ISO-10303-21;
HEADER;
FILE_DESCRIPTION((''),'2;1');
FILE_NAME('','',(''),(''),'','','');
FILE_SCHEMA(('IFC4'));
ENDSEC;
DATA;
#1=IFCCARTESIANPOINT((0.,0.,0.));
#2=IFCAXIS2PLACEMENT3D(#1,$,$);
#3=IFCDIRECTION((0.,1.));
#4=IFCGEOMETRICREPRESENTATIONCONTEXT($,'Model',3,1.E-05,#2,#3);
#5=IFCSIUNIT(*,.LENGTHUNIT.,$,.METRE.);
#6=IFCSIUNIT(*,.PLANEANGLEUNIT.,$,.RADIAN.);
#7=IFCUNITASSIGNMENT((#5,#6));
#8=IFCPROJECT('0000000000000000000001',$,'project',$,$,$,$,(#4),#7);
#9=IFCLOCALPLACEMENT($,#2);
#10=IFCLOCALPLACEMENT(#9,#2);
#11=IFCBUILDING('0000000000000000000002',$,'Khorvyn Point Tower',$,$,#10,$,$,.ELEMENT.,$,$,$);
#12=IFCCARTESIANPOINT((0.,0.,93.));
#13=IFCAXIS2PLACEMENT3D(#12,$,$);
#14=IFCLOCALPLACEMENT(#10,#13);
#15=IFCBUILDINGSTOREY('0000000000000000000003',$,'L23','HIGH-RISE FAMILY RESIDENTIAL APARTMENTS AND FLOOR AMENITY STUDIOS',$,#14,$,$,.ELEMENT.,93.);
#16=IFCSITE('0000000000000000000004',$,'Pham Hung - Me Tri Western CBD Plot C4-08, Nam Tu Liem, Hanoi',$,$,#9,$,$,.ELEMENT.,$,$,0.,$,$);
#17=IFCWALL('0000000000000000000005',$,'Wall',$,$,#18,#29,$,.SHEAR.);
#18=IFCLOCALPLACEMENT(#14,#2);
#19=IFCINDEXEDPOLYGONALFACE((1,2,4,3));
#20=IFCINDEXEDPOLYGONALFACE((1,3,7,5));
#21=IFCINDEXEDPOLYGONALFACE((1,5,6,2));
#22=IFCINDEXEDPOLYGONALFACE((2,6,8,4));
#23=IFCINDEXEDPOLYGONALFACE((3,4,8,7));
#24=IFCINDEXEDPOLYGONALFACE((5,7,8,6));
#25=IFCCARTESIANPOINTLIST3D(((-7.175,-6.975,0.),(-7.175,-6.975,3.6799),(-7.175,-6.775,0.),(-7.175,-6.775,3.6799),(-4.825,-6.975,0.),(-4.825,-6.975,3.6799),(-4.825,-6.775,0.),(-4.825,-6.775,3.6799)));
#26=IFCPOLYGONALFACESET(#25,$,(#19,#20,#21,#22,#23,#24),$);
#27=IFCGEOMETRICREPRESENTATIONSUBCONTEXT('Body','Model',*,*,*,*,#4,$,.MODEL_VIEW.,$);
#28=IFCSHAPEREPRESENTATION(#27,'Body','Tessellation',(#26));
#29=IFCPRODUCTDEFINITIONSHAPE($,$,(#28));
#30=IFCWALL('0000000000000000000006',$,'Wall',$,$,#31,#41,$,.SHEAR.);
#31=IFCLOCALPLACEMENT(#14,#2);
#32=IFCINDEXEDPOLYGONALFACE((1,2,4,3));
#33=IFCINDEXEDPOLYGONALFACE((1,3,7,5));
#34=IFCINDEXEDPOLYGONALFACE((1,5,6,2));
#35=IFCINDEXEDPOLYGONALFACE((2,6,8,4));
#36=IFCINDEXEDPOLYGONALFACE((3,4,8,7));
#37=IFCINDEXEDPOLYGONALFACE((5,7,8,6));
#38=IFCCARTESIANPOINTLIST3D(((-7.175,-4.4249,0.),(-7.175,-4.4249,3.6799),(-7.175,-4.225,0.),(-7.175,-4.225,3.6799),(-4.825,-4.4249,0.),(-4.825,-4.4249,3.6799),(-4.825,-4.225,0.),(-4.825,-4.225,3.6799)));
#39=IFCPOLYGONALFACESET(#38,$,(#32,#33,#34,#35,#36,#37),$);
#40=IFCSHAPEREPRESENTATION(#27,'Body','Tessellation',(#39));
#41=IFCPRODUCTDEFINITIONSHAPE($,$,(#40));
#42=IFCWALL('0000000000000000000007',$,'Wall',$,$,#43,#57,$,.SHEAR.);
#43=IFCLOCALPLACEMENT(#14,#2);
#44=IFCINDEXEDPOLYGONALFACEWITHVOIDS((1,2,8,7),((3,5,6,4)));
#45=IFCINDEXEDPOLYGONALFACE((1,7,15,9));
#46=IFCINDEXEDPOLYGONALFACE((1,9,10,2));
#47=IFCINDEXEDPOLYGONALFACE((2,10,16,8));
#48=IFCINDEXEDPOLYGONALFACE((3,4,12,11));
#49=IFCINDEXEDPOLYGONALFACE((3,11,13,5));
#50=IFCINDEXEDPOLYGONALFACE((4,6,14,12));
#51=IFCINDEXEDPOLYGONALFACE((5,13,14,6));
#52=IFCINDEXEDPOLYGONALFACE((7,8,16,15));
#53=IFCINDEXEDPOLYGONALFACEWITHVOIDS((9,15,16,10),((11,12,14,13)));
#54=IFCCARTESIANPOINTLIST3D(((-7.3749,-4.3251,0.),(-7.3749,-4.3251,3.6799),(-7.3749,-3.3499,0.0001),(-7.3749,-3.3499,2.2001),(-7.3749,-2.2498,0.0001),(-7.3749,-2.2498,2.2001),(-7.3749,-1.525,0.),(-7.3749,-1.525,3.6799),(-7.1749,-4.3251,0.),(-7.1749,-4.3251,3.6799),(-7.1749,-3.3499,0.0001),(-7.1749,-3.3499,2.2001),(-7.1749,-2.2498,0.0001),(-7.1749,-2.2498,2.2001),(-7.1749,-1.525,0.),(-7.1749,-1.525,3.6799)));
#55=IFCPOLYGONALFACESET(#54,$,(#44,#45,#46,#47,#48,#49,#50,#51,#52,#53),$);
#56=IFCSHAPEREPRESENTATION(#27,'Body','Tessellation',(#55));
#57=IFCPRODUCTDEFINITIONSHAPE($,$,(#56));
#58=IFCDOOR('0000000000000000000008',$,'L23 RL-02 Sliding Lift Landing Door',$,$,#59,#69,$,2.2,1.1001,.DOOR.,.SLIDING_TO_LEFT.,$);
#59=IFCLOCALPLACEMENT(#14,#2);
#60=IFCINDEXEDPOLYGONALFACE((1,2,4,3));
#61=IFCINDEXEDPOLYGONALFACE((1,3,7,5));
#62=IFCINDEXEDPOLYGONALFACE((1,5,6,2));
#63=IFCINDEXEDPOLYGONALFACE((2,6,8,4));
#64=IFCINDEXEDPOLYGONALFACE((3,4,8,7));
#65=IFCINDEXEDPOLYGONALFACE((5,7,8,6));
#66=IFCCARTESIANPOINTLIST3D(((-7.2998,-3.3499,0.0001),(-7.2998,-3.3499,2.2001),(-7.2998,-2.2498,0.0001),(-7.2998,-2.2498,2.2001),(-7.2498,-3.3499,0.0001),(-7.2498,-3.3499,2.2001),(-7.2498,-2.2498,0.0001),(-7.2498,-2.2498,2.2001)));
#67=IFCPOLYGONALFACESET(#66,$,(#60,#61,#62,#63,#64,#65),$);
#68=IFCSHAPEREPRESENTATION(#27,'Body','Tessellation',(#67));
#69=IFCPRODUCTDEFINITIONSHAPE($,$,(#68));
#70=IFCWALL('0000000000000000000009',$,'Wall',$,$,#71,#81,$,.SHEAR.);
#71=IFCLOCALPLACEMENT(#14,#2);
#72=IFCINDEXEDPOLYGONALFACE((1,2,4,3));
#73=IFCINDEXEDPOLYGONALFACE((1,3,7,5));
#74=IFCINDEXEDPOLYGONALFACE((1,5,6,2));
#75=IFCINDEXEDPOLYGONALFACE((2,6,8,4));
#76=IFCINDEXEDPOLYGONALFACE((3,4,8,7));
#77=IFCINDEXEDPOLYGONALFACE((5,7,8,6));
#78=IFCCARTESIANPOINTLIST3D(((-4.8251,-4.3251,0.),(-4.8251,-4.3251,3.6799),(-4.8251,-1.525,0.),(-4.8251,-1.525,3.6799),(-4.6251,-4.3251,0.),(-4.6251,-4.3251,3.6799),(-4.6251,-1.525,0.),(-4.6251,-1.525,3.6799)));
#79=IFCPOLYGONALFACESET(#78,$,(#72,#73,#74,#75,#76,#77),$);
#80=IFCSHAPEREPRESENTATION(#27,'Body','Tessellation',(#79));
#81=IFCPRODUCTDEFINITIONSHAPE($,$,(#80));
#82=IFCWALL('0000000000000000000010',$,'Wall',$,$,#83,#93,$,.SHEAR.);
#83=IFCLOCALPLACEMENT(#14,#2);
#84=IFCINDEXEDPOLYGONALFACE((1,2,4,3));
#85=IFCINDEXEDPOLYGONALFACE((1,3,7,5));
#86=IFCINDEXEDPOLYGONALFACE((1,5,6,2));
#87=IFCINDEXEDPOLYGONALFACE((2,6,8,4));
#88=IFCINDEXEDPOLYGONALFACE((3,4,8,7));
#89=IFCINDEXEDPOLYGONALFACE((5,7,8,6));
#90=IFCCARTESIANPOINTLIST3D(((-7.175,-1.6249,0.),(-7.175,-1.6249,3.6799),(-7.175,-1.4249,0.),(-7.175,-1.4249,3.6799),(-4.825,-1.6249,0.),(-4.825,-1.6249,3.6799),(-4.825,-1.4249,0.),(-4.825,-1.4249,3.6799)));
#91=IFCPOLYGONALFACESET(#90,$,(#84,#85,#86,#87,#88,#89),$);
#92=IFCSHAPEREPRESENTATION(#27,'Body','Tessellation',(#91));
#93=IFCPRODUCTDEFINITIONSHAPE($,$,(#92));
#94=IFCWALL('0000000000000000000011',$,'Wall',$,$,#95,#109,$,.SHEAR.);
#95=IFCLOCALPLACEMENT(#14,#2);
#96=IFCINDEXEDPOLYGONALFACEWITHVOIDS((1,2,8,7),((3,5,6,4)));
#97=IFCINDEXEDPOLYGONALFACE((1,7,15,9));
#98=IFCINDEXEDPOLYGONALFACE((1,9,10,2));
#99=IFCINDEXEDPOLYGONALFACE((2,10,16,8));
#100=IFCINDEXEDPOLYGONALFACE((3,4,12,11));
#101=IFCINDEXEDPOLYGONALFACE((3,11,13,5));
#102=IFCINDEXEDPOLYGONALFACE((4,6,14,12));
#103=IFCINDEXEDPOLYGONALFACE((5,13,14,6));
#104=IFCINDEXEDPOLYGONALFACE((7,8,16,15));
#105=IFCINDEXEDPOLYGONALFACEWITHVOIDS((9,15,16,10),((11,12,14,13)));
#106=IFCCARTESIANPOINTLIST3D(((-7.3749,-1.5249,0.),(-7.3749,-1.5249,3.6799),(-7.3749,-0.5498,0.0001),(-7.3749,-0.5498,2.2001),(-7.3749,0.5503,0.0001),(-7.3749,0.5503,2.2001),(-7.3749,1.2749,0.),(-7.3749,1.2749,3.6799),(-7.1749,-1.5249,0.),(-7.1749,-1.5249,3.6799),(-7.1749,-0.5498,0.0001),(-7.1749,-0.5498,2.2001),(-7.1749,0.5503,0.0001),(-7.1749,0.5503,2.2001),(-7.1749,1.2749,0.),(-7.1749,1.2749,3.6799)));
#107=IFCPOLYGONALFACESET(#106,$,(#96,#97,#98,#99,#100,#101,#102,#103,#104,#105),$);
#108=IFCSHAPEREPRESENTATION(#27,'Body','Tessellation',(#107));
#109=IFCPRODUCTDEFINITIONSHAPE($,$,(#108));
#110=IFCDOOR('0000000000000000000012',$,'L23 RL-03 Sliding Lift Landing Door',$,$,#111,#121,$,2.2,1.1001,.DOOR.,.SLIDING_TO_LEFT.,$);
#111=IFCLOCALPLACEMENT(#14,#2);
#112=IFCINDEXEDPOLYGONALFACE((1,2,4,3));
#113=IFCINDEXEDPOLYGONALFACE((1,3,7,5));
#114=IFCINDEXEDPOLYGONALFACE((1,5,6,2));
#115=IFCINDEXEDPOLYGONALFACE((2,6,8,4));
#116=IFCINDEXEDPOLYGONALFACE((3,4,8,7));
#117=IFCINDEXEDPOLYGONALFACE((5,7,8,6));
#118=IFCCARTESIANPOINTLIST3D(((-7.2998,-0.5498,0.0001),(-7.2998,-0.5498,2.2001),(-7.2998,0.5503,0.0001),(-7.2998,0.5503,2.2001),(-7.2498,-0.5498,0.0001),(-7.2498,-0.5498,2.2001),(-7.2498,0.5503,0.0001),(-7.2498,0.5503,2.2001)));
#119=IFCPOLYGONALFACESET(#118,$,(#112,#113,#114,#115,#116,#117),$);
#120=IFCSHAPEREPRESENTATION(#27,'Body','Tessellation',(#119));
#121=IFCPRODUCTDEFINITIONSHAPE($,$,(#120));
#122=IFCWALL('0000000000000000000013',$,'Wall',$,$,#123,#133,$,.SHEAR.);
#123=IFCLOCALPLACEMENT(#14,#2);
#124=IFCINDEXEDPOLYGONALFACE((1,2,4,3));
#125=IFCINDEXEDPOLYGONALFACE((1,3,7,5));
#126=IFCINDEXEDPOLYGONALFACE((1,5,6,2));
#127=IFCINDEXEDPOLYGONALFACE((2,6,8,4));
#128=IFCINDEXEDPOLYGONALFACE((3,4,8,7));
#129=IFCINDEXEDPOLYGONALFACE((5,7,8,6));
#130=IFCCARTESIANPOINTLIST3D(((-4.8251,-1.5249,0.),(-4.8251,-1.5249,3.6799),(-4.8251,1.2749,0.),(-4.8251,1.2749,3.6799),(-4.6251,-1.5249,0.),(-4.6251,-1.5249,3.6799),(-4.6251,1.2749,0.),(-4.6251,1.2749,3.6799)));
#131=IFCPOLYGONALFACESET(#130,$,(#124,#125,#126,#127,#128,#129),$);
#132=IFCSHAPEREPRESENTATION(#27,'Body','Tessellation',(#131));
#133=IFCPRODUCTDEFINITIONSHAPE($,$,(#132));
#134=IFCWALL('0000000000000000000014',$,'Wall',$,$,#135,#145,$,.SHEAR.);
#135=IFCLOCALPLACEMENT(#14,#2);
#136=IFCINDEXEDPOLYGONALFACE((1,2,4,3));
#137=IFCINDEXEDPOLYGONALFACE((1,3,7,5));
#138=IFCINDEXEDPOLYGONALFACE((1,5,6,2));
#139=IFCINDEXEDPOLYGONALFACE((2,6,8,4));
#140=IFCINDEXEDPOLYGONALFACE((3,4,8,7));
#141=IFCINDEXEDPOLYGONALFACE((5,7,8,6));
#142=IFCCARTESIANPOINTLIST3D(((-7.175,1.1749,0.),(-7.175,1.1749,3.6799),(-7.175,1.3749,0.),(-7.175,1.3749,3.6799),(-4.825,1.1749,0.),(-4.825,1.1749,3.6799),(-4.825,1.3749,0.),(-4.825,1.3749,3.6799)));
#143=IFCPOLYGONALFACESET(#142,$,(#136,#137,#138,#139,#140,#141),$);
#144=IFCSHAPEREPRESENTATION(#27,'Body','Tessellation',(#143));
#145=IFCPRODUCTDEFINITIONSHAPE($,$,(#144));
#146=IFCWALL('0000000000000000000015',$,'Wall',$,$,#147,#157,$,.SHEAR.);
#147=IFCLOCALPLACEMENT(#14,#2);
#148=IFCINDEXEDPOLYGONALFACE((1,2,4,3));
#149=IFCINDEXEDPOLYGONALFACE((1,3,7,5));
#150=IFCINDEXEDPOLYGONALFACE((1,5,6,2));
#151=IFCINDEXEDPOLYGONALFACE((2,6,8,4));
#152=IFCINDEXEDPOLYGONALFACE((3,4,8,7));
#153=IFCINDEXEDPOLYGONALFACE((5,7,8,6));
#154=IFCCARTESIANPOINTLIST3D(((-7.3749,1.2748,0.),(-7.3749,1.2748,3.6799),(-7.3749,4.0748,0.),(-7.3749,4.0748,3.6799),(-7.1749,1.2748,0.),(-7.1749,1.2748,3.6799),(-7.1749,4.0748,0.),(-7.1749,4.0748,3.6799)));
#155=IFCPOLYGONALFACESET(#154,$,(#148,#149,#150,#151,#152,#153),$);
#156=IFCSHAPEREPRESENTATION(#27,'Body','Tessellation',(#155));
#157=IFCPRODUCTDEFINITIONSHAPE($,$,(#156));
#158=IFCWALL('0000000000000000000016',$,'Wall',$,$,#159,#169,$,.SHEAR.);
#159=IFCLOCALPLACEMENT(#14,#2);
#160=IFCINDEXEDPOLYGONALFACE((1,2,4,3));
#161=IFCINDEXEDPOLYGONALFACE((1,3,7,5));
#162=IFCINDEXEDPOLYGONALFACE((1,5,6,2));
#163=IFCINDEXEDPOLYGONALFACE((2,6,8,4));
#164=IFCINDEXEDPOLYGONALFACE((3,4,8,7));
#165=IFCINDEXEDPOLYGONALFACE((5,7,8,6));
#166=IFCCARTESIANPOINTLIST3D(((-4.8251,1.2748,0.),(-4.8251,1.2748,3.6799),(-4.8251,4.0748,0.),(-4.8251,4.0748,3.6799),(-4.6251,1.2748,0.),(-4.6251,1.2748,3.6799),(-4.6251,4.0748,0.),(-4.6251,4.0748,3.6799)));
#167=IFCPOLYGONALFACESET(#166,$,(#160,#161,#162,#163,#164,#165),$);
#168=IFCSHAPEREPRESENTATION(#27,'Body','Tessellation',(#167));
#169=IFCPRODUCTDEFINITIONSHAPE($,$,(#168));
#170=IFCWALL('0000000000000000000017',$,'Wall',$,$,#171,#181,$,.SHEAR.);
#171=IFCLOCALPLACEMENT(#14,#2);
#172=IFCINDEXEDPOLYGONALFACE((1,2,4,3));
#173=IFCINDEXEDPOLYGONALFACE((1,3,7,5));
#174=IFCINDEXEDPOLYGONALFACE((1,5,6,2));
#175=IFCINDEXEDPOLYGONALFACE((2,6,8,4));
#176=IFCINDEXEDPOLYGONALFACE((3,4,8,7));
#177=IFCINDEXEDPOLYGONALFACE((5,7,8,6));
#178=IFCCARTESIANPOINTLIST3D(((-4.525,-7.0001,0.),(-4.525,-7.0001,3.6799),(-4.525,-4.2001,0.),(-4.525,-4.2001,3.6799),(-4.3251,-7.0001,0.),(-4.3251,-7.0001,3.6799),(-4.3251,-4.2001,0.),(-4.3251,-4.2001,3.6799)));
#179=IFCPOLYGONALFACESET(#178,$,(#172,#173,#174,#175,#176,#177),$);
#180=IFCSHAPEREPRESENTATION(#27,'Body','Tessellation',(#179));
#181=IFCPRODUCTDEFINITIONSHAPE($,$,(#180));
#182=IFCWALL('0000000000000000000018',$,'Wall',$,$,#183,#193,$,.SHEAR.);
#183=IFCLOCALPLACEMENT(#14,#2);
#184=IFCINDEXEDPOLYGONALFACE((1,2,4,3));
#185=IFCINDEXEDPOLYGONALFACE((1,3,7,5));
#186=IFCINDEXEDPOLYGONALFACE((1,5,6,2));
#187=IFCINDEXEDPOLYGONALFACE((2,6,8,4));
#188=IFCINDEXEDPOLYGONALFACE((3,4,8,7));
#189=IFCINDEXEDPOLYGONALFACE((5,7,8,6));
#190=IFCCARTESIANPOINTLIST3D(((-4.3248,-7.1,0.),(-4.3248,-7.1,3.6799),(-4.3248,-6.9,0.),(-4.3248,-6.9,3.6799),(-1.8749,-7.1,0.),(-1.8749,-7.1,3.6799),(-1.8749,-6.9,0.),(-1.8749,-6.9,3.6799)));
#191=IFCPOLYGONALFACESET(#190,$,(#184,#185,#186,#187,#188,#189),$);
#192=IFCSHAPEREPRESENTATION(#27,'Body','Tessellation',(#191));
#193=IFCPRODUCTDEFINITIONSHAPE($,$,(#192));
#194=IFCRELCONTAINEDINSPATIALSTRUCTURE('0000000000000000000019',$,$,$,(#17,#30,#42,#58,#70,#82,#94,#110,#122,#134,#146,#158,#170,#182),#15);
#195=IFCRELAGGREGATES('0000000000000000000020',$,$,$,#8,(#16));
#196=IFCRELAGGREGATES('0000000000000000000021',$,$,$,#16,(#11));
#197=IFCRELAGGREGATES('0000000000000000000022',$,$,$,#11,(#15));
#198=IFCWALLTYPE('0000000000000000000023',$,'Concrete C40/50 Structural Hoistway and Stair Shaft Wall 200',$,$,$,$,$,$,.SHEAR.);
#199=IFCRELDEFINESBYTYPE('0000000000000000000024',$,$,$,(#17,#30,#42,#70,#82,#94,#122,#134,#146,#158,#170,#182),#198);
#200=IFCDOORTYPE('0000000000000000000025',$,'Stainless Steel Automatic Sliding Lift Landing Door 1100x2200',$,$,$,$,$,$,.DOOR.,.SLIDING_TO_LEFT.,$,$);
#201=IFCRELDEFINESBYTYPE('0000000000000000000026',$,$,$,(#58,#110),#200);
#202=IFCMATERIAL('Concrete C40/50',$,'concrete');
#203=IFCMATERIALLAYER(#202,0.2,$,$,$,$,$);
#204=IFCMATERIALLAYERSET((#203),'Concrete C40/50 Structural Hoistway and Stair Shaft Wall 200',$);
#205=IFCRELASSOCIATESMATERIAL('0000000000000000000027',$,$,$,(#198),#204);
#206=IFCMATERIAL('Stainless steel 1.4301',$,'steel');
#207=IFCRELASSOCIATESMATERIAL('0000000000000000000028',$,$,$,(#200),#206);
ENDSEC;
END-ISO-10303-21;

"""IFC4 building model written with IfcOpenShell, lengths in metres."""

from ifc_helpers import new_model, si_unit, direction, frame, frame_2d, origin, place, context, subcontext, project, spatial, rectangle, extrude, material, layer, layer_set, type_object, element, fill, save


model = new_model("IFC4")

# Units and contexts
model_context = context("Model", 3, precision=1e-05, world=origin(), true_north=direction((0.0, 1.0)))
body_context = subcontext(model_context, "Body", "Model", "MODEL_VIEW")
ifc_project = project(units=[si_unit("LENGTHUNIT", "METRE"), si_unit("PLANEANGLEUNIT", "RADIAN")], contexts=[model_context])

# Site, building, storey
site_placement = place(None, origin())
site = spatial("IfcSite", under=ifc_project, at=site_placement, Name="Pham Hung - Me Tri Western CBD Plot C4-08, Nam Tu Liem, Hanoi", CompositionType="ELEMENT", RefElevation=0.0)
building_placement = place(site_placement, origin())
building = spatial("IfcBuilding", under=site, at=building_placement, Name="Khorvyn Point Tower", CompositionType="ELEMENT")
storey_placement = place(building_placement, frame((0.0, 0.0, 93.0)))
storey = spatial("IfcBuildingStorey", under=building, at=storey_placement, Name="L23", Description="HIGH-RISE FAMILY RESIDENTIAL APARTMENTS AND FLOOR AMENITY STUDIOS", CompositionType="ELEMENT", Elevation=93.0)

# Shared definitions
ifc_material_1 = material(Name="Concrete C40/50", Category="concrete")

# Shared definitions
ifc_layer_1 = layer(ifc_material_1, 0.2)
ifc_layer_set_1 = layer_set([ifc_layer_1], Name="Concrete C40/50 Structural Hoistway and Stair Shaft Wall 200")
wall_type_1 = type_object("IfcWallType", Name="Concrete C40/50 Structural Hoistway and Stair Shaft Wall 200", PredefinedType="SHEAR", material=ifc_layer_set_1)
ifc_material_2 = material(Name="Stainless steel 1.4301", Category="steel")
door_type_1 = type_object("IfcDoorType", Name="Stainless Steel Automatic Sliding Lift Landing Door 1100x2200", OperationType="SLIDING_TO_LEFT", PredefinedType="DOOR", material=ifc_material_2)

# Walls
for number, where, z_axis, x_axis, name in (
    (1, (-7.175, -6.875, 0.0), (0.0, 0.0, 1.0), (1.0, 0.0, 0.0), "Wall"),
    (2, (-7.175, -4.325, 0.0), (0.0, 0.0, 1.0), (1.0, 0.0, 0.0), "Wall"),
):
    element("IfcWall", number, at=place(storey_placement, frame(where, z_axis=z_axis, x_axis=x_axis)), inside=storey, type_object=wall_type_1, Name=name, PredefinedType="SHEAR", context=body_context, shape_type="SweptSolid", body=[
        extrude(rectangle(XDim=2.3501, YDim=0.2, at=frame_2d((1.175, 0.0))), origin(), (0.0, 0.0, 1.0), 3.6799),
    ])

# Wall, opening, door
wall_1_placement = place(storey_placement, frame((-7.2749, -4.325, 0.0), z_axis=(0.0, 0.0, 1.0), x_axis=(0.0, 1.0, 0.0)))
wall_1 = element("IfcWall", 3, at=wall_1_placement, inside=storey, type_object=wall_type_1, Name="Wall", PredefinedType="SHEAR", context=body_context, shape_type="SweptSolid", body=[
    extrude(rectangle(XDim=2.8, YDim=0.2, at=frame_2d((1.3999, 0.0))), origin(), (0.0, 0.0, 1.0), 3.6799),
])
opening_1_placement = place(wall_1_placement, frame((0.9751, 0.0, 0.0)))
opening_1 = element("IfcOpeningElement", 4, at=opening_1_placement, cuts=wall_1, PredefinedType="OPENING", context=body_context, shape_type="SweptSolid", body=[
    extrude(rectangle(XDim=1.1001, YDim=2.2, at=frame_2d((0.55, 1.1001))), frame((0.0, 0.1099, 0.0), z_axis=(0.0, -1.0, 0.0), x_axis=(1.0, 0.0, 0.0)), (0.0, 0.0, 1.0), 0.22),
])
door_1_placement = place(opening_1_placement, origin())
door_1 = element("IfcDoor", 5, at=door_1_placement, inside=storey, type_object=door_type_1, Name="L23 RL-02 Sliding Lift Landing Door", OperationType="SLIDING_TO_LEFT", OverallHeight=2.2, OverallWidth=1.1001, PredefinedType="DOOR", context=body_context, shape_type="SweptSolid", body=[
    extrude(rectangle(XDim=1.1001, YDim=2.2, at=frame_2d((0.55, 1.1001))), frame((0.0, 0.0249, 0.0), z_axis=(0.0, -1.0, 0.0), x_axis=(1.0, 0.0, 0.0)), (0.0, 0.0, 1.0), 0.05),
])
fill(opening_1, door_1)

# Walls
wall_2_placement = place(storey_placement, frame((-4.7251, -4.325, 0.0), z_axis=(0.0, 0.0, 1.0), x_axis=(0.0, 1.0, 0.0)))
element("IfcWall", 6, at=wall_2_placement, inside=storey, type_object=wall_type_1, Name="Wall", PredefinedType="SHEAR", context=body_context, shape_type="SweptSolid", body=[
    extrude(rectangle(XDim=2.8, YDim=0.2, at=frame_2d((1.3999, 0.0))), origin(), (0.0, 0.0, 1.0), 3.6799),
])
wall_3_placement = place(storey_placement, frame((-7.175, -1.5249, 0.0), z_axis=(0.0, 0.0, 1.0), x_axis=(1.0, 0.0, 0.0)))
element("IfcWall", 7, at=wall_3_placement, inside=storey, type_object=wall_type_1, Name="Wall", PredefinedType="SHEAR", context=body_context, shape_type="SweptSolid", body=[
    extrude(rectangle(XDim=2.3501, YDim=0.2, at=frame_2d((1.175, 0.0))), origin(), (0.0, 0.0, 1.0), 3.6799),
])

# Wall, opening, door
wall_4_placement = place(storey_placement, frame((-7.2749, -1.5249, 0.0), z_axis=(0.0, 0.0, 1.0), x_axis=(0.0, 1.0, 0.0)))
wall_4 = element("IfcWall", 8, at=wall_4_placement, inside=storey, type_object=wall_type_1, Name="Wall", PredefinedType="SHEAR", context=body_context, shape_type="SweptSolid", body=[
    extrude(rectangle(XDim=2.7998, YDim=0.2, at=frame_2d((1.3999, 0.0))), origin(), (0.0, 0.0, 1.0), 3.6799),
])
opening_2_placement = place(wall_4_placement, frame((0.9751, 0.0, 0.0)))
opening_2 = element("IfcOpeningElement", 9, at=opening_2_placement, cuts=wall_4, PredefinedType="OPENING", context=body_context, shape_type="SweptSolid", body=[
    extrude(rectangle(XDim=1.1001, YDim=2.2, at=frame_2d((0.55, 1.1001))), frame((0.0, 0.1099, 0.0), z_axis=(0.0, -1.0, 0.0), x_axis=(1.0, 0.0, 0.0)), (0.0, 0.0, 1.0), 0.22),
])
door_2_placement = place(opening_2_placement, origin())
door_2 = element("IfcDoor", 10, at=door_2_placement, inside=storey, type_object=door_type_1, Name="L23 RL-03 Sliding Lift Landing Door", OperationType="SLIDING_TO_LEFT", OverallHeight=2.2, OverallWidth=1.1001, PredefinedType="DOOR", context=body_context, shape_type="SweptSolid", body=[
    extrude(rectangle(XDim=1.1001, YDim=2.2, at=frame_2d((0.55, 1.1001))), frame((0.0, 0.0249, 0.0), z_axis=(0.0, -1.0, 0.0), x_axis=(1.0, 0.0, 0.0)), (0.0, 0.0, 1.0), 0.05),
])
fill(opening_2, door_2)

# Walls
wall_5_placement = place(storey_placement, frame((-4.7251, -1.5249, 0.0), z_axis=(0.0, 0.0, 1.0), x_axis=(0.0, 1.0, 0.0)))
element("IfcWall", 11, at=wall_5_placement, inside=storey, type_object=wall_type_1, Name="Wall", PredefinedType="SHEAR", context=body_context, shape_type="SweptSolid", body=[
    extrude(rectangle(XDim=2.7998, YDim=0.2, at=frame_2d((1.3999, 0.0))), origin(), (0.0, 0.0, 1.0), 3.6799),
])
wall_6_placement = place(storey_placement, frame((-7.175, 1.2749, 0.0), z_axis=(0.0, 0.0, 1.0), x_axis=(1.0, 0.0, 0.0)))
element("IfcWall", 12, at=wall_6_placement, inside=storey, type_object=wall_type_1, Name="Wall", PredefinedType="SHEAR", context=body_context, shape_type="SweptSolid", body=[
    extrude(rectangle(XDim=2.3501, YDim=0.2, at=frame_2d((1.175, 0.0))), origin(), (0.0, 0.0, 1.0), 3.6799),
])
for number, where, z_axis, x_axis, name in (
    (13, (-7.2749, 1.2749, 0.0), (0.0, 0.0, 1.0), (0.0, 1.0, 0.0), "Wall"),
    (14, (-4.7251, 1.2749, 0.0), (0.0, 0.0, 1.0), (0.0, 1.0, 0.0), "Wall"),
    (15, (-4.425, -7.0, 0.0), (0.0, 0.0, 1.0), (0.0, 1.0, 0.0), "Wall"),
):
    element("IfcWall", number, at=place(storey_placement, frame(where, z_axis=z_axis, x_axis=x_axis)), inside=storey, type_object=wall_type_1, Name=name, PredefinedType="SHEAR", context=body_context, shape_type="SweptSolid", body=[
        extrude(rectangle(XDim=2.8, YDim=0.2, at=frame_2d((1.3999, 0.0))), origin(), (0.0, 0.0, 1.0), 3.6799),
    ])
for number, where, z_axis, x_axis, name in (
    (16, (-4.325, -7.0, 0.0), (0.0, 0.0, 1.0), (1.0, 0.0, 0.0), "Wall"),
):
    element("IfcWall", number, at=place(storey_placement, frame(where, z_axis=z_axis, x_axis=x_axis)), inside=storey, type_object=wall_type_1, Name=name, PredefinedType="SHEAR", context=body_context, shape_type="SweptSolid", body=[
        extrude(rectangle(XDim=2.45, YDim=0.2, at=frame_2d((1.2251, 0.0))), origin(), (0.0, 0.0, 1.0), 3.6799),
    ])

save(model, "model.ifc")
